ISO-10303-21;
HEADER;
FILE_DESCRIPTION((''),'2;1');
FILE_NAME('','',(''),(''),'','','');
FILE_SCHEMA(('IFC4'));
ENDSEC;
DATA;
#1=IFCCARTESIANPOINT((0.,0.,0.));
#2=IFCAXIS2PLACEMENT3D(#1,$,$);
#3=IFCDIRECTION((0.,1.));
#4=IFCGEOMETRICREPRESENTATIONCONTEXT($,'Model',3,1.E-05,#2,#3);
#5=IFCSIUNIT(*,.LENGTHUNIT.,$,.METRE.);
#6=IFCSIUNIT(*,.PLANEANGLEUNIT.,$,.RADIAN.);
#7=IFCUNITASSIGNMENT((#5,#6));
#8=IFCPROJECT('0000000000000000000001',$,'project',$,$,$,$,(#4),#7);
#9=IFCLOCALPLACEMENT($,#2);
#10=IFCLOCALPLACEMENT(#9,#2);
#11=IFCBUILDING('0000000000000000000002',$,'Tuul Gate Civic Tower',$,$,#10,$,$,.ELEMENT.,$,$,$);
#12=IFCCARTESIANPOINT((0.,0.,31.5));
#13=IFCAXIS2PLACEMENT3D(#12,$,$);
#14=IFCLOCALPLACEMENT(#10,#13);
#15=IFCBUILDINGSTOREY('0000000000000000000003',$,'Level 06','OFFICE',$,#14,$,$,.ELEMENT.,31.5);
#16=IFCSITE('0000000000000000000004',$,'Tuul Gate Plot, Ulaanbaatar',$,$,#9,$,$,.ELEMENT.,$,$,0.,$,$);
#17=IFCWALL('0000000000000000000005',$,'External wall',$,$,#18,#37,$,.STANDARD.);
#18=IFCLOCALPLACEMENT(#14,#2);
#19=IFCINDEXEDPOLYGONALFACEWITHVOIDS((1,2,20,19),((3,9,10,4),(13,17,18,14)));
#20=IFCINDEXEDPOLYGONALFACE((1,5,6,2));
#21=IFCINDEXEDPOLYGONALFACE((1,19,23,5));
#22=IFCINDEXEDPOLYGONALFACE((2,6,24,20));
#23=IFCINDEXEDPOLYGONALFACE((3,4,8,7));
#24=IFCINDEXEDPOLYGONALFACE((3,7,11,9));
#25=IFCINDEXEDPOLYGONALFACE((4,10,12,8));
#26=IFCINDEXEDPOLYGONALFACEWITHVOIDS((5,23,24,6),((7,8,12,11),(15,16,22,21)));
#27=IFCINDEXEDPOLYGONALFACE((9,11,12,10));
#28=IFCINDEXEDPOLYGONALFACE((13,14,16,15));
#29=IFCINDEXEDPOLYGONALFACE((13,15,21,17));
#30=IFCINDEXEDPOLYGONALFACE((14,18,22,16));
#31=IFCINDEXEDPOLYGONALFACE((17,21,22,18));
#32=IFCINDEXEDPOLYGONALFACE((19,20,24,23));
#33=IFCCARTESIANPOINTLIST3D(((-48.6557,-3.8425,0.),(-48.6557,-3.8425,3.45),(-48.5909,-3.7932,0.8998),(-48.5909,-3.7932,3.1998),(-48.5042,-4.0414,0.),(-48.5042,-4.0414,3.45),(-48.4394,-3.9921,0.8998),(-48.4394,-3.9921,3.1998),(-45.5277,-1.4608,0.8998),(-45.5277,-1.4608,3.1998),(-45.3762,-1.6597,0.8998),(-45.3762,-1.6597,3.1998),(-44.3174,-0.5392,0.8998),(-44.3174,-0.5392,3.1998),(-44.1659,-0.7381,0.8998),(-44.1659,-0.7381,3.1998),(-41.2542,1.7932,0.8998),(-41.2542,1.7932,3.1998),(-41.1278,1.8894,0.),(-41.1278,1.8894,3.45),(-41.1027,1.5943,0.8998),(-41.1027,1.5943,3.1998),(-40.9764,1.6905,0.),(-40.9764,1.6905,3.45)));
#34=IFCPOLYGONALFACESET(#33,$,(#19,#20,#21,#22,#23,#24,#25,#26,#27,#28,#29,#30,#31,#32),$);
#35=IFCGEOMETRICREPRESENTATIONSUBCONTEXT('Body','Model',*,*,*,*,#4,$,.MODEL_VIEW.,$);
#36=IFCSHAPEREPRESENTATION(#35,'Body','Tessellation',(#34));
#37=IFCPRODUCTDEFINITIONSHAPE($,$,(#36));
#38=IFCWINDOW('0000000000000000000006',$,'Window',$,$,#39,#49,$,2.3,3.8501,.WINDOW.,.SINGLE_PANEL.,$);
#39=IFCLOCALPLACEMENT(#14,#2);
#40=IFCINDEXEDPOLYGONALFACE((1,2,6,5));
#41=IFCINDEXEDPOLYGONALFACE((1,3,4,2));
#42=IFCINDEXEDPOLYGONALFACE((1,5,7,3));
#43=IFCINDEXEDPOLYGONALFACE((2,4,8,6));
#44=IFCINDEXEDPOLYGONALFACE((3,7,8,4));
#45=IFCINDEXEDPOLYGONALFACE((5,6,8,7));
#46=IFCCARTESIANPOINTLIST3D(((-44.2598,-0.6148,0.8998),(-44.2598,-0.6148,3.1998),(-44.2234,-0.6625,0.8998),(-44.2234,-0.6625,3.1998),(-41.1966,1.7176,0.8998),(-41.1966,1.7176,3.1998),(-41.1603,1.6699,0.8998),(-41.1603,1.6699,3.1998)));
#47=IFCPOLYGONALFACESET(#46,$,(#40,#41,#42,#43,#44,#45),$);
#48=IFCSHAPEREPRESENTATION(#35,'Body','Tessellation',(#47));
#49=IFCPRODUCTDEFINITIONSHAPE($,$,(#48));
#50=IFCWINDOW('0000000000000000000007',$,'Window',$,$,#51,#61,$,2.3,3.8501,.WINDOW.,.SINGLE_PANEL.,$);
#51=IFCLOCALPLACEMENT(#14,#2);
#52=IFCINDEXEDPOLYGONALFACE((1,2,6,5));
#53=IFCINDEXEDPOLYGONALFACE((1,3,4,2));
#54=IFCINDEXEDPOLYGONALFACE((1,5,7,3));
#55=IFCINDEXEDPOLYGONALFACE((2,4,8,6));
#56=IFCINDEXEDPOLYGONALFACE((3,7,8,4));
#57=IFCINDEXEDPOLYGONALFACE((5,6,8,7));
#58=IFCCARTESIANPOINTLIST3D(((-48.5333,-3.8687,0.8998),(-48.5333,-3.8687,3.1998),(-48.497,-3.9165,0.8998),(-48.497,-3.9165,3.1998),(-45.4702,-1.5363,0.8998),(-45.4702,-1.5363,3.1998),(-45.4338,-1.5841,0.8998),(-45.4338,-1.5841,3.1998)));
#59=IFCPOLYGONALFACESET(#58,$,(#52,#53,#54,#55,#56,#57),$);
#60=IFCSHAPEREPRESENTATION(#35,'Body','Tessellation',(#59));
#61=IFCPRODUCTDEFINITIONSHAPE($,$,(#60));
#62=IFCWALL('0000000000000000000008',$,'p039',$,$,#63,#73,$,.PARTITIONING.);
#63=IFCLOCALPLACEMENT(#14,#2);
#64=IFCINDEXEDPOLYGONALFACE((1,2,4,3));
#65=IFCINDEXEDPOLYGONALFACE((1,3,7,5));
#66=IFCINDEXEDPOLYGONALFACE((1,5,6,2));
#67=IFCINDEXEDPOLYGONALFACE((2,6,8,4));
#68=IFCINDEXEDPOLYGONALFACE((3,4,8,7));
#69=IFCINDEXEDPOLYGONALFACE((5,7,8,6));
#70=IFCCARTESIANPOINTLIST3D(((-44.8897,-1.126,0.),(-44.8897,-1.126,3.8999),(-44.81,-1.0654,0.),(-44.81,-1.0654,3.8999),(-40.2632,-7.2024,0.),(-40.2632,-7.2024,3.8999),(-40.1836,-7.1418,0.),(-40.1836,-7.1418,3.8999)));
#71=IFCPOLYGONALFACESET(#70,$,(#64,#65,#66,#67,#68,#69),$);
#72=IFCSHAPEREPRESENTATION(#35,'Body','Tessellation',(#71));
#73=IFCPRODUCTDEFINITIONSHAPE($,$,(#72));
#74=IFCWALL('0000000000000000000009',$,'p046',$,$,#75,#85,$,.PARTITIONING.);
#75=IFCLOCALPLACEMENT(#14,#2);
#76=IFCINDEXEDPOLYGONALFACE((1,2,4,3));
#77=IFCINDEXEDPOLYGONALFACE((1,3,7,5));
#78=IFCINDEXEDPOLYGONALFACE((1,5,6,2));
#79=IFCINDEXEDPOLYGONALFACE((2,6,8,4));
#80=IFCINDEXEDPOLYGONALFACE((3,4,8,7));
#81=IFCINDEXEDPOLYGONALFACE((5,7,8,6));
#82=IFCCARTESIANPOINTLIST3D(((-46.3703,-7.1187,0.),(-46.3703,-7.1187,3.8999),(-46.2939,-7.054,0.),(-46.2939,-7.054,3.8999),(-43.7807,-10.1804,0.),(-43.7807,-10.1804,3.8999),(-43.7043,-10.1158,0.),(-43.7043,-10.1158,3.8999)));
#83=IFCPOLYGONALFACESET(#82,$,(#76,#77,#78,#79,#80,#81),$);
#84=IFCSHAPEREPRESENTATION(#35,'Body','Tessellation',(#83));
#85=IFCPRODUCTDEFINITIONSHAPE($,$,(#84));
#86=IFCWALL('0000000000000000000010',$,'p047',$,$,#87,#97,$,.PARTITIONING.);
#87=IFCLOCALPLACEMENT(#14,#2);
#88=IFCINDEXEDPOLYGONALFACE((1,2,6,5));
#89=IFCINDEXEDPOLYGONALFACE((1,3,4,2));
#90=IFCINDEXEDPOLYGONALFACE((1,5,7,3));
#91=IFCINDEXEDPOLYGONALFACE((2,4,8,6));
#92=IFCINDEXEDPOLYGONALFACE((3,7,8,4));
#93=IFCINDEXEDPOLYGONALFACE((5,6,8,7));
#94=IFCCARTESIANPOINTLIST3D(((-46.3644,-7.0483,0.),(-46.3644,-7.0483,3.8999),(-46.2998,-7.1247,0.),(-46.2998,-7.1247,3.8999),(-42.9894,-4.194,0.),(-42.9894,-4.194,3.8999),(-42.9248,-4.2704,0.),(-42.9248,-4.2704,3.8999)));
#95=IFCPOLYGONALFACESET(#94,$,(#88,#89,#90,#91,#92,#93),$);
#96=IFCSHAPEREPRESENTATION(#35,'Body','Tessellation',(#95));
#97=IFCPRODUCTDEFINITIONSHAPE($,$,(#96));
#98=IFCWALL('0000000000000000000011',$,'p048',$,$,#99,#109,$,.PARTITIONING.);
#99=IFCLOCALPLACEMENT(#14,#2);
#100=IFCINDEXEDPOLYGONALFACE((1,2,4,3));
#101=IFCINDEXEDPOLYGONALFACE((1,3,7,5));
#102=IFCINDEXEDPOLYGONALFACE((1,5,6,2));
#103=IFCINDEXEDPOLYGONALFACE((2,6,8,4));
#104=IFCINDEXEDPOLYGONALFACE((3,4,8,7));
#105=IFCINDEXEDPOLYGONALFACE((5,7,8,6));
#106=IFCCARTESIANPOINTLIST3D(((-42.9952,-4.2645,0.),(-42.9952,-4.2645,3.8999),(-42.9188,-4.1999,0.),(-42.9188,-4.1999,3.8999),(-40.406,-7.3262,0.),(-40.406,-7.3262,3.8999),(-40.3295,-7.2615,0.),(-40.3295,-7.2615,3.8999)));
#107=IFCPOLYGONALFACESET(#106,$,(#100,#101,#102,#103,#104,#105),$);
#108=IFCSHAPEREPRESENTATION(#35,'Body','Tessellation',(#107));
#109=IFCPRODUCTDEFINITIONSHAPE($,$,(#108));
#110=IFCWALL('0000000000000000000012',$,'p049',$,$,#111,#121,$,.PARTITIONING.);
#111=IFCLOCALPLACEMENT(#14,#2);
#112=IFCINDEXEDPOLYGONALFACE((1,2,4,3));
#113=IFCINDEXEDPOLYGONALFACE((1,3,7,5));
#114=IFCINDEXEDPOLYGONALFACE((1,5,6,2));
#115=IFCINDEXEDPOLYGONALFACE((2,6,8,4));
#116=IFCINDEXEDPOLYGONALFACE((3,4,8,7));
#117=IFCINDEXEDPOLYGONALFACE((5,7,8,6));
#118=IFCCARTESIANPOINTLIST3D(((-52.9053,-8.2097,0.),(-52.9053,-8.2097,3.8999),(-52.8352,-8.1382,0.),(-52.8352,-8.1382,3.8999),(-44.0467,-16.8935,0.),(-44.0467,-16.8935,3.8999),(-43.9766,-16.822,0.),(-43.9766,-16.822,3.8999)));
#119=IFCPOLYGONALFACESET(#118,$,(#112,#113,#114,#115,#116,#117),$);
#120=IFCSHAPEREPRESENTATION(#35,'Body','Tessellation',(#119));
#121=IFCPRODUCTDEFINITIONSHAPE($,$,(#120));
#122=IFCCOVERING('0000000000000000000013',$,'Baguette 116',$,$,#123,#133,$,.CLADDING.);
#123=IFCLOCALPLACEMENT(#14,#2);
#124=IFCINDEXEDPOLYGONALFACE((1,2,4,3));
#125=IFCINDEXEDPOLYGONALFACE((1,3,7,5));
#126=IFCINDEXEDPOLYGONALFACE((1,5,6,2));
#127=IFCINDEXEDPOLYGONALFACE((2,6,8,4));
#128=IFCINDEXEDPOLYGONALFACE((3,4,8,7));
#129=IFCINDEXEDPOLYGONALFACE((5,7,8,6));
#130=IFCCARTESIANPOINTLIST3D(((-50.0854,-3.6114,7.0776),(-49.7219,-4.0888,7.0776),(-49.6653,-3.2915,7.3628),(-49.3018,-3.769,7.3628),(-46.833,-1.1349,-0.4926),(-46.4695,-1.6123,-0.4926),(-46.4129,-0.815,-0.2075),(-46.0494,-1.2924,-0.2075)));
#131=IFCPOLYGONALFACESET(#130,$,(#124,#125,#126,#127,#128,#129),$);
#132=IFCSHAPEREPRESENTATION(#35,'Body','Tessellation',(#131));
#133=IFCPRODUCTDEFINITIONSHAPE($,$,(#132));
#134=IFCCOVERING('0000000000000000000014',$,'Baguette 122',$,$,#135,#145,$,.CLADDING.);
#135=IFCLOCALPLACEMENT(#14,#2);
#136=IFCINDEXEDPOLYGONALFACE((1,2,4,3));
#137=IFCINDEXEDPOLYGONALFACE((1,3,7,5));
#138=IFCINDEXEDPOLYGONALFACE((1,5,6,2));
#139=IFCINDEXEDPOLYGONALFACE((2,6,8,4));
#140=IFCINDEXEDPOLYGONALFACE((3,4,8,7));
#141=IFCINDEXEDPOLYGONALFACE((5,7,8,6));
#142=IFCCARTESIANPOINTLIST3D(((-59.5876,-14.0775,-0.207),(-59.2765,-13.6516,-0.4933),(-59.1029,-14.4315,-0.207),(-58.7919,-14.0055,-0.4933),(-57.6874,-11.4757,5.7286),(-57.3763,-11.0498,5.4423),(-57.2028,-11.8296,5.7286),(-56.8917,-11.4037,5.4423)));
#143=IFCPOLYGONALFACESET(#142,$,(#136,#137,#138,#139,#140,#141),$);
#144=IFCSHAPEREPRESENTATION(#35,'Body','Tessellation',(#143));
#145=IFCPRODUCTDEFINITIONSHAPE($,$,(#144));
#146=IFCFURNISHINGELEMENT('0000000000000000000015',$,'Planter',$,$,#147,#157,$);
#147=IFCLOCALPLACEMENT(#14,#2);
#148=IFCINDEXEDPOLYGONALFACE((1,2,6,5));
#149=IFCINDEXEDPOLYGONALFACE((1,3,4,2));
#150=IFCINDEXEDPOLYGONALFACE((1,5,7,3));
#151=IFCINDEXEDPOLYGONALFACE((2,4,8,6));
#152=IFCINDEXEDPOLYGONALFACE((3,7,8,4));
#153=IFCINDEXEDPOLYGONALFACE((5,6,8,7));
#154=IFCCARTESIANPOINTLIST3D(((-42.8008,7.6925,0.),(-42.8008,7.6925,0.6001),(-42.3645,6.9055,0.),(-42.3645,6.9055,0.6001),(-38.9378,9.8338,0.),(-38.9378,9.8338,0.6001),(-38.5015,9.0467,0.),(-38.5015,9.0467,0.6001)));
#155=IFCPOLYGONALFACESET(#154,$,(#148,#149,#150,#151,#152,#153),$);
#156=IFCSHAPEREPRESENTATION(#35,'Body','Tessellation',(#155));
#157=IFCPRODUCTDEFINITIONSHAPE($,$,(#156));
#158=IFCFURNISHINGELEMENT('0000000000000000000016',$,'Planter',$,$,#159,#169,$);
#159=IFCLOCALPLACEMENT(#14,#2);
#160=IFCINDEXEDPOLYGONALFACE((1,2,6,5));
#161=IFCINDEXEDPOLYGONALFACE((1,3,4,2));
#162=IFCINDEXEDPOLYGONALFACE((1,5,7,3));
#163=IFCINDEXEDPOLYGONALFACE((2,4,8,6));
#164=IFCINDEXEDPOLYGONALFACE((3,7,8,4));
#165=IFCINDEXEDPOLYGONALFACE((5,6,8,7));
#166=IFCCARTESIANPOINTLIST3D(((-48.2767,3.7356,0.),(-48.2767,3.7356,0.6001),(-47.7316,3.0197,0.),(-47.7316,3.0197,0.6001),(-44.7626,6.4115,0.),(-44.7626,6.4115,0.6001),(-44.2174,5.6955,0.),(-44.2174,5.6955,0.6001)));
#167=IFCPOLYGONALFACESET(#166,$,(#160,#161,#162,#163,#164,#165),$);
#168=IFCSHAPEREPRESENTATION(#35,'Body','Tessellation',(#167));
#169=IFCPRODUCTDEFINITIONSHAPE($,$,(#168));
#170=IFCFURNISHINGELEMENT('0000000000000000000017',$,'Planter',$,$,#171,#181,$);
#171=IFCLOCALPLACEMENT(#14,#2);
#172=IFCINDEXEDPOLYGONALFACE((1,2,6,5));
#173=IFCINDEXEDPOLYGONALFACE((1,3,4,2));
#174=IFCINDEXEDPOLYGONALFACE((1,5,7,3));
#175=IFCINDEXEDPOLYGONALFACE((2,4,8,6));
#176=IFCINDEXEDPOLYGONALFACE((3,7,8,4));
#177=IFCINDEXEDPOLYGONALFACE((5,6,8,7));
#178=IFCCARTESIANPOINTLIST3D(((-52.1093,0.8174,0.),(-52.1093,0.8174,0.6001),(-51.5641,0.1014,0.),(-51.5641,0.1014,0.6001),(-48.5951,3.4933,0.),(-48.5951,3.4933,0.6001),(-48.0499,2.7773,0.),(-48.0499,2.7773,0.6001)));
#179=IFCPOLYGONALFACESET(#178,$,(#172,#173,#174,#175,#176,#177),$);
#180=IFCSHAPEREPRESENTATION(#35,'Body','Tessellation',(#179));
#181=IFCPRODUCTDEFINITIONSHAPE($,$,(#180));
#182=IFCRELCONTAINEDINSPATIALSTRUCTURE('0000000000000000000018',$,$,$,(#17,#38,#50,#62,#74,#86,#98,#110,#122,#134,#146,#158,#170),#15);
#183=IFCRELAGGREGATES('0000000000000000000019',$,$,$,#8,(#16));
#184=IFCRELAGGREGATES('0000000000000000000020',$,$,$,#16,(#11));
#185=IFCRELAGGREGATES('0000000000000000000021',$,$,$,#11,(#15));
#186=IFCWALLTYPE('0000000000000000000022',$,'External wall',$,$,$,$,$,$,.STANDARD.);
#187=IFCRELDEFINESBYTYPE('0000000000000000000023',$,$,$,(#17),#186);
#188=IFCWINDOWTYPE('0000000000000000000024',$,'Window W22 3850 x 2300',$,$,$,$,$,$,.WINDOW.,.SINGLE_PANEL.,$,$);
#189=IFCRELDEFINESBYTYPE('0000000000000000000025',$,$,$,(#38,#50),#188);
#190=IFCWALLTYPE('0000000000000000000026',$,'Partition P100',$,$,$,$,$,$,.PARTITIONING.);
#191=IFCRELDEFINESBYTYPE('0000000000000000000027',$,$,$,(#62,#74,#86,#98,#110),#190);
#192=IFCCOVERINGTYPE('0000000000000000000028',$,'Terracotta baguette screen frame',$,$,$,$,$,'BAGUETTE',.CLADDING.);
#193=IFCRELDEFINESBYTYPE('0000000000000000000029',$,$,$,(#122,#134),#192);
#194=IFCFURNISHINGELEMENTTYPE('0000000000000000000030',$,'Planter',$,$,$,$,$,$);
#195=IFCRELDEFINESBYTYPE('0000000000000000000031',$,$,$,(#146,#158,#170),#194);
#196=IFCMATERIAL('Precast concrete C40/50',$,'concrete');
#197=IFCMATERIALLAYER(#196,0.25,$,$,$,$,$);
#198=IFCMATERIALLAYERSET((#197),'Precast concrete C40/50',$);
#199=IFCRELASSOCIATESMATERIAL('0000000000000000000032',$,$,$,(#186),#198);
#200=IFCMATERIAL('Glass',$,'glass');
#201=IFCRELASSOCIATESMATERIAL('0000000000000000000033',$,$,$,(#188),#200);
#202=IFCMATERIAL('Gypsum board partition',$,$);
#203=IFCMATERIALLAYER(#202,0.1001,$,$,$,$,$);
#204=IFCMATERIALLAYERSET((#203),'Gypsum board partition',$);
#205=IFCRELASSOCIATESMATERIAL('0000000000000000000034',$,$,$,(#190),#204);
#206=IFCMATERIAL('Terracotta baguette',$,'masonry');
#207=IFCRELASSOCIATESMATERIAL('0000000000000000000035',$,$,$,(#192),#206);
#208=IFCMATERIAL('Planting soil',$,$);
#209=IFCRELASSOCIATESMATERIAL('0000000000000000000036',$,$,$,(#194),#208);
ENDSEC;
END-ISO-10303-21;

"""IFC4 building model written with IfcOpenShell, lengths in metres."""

from ifc_helpers import new_model, si_unit, direction, frame, frame_2d, origin, origin_2d, place, context, subcontext, project, spatial, rectangle, extrude, material, layer, layer_set, material_profile, profile_set, type_object, element, fill, save


model = new_model("IFC4")

# Units and contexts
model_context = context("Model", 3, precision=1e-05, world=origin(), true_north=direction((0.0, 1.0)))
body_context = subcontext(model_context, "Body", "Model", "MODEL_VIEW")
ifc_project = project(units=[si_unit("LENGTHUNIT", "METRE"), si_unit("PLANEANGLEUNIT", "RADIAN")], contexts=[model_context])

# Site, building, storey
site_placement = place(None, origin())
site = spatial("IfcSite", under=ifc_project, at=site_placement, Name="Tuul Gate Plot, Ulaanbaatar", CompositionType="ELEMENT", RefElevation=0.0)
building_placement = place(site_placement, origin())
building = spatial("IfcBuilding", under=site, at=building_placement, Name="Tuul Gate Civic Tower", CompositionType="ELEMENT")
storey_placement = place(building_placement, frame((0.0, 0.0, 31.5)))
storey = spatial("IfcBuildingStorey", under=building, at=storey_placement, Name="Level 06", Description="OFFICE", CompositionType="ELEMENT", Elevation=31.5)

# Wall, openings, windows
ifc_material_1 = material(Name="Precast concrete C40/50", Category="concrete")
ifc_layer_1 = layer(ifc_material_1, 0.25)
ifc_layer_set_1 = layer_set([ifc_layer_1], Name="Precast concrete C40/50")
wall_type_1 = type_object("IfcWallType", Name="External wall", PredefinedType="STANDARD", material=ifc_layer_set_1)
wall_1_placement = place(storey_placement, frame((-41.052, 1.79, 0.0), z_axis=(0.0, 0.0, 1.0), x_axis=(-0.795613, -0.605805, 0.0)))
wall_1 = element("IfcWall", 1, at=wall_1_placement, inside=storey, type_object=wall_type_1, Name="External wall", PredefinedType="STANDARD", context=body_context, shape_type="SweptSolid", body=[
    extrude(rectangle(XDim=9.4617, YDim=0.25, at=frame_2d((4.731, 0.0))), origin(), (0.0, 0.0, 1.0), 3.45),
])
opening_1_placement = place(wall_1_placement, frame((0.1589, 0.0, 0.8999)))
opening_1 = element("IfcOpeningElement", 2, at=opening_1_placement, cuts=wall_1, PredefinedType="OPENING", context=body_context, shape_type="SweptSolid", body=[
    extrude(rectangle(XDim=3.8501, YDim=2.3, at=frame_2d((1.925, 1.1499))), frame((0.0, 0.135, 0.0), z_axis=(0.0, -1.0, 0.0), x_axis=(1.0, 0.0, 0.0)), (0.0, 0.0, 1.0), 0.27),
])
opening_2_placement = place(wall_1_placement, frame((5.5303, 0.0, 0.8999)))
opening_2 = element("IfcOpeningElement", 3, at=opening_2_placement, cuts=wall_1, PredefinedType="OPENING", context=body_context, shape_type="SweptSolid", body=[
    extrude(rectangle(XDim=3.8501, YDim=2.3, at=frame_2d((1.925, 1.1499))), frame((0.0, 0.135, 0.0), z_axis=(0.0, -1.0, 0.0), x_axis=(1.0, 0.0, 0.0)), (0.0, 0.0, 1.0), 0.27),
])
ifc_material_2 = material(Name="Glass", Category="glass")
window_type = type_object("IfcWindowType", Name="Window W22 3850 x 2300", PartitioningType="SINGLE_PANEL", PredefinedType="WINDOW", material=ifc_material_2)
window_1_placement = place(opening_1_placement, origin())
window_1 = element("IfcWindow", 4, at=window_1_placement, inside=storey, type_object=window_type, Name="Window", OverallHeight=2.3, OverallWidth=3.8501, PartitioningType="SINGLE_PANEL", PredefinedType="WINDOW", context=body_context, shape_type="SweptSolid", body=[
    extrude(rectangle(XDim=3.8501, YDim=2.3, at=frame_2d((1.925, 1.1499))), frame((0.0, 0.03, 0.0), z_axis=(0.0, -1.0, 0.0), x_axis=(1.0, 0.0, 0.0)), (0.0, 0.0, 1.0), 0.0601),
])
fill(opening_1, window_1)
window_2_placement = place(opening_2_placement, origin())
window_2 = element("IfcWindow", 5, at=window_2_placement, inside=storey, type_object=window_type, Name="Window", OverallHeight=2.3, OverallWidth=3.8501, PartitioningType="SINGLE_PANEL", PredefinedType="WINDOW", context=body_context, shape_type="SweptSolid", body=[
    extrude(rectangle(XDim=3.8501, YDim=2.3, at=frame_2d((1.925, 1.1499))), frame((0.0, 0.03, 0.0), z_axis=(0.0, -1.0, 0.0), x_axis=(1.0, 0.0, 0.0)), (0.0, 0.0, 1.0), 0.0601),
])
fill(opening_2, window_2)

# Walls
ifc_material_3 = material(Name="Gypsum board partition")
ifc_layer_2 = layer(ifc_material_3, 0.1001)
ifc_layer_set_2 = layer_set([ifc_layer_2], Name="Gypsum board partition")
wall_type_2 = type_object("IfcWallType", Name="Partition P100", PredefinedType="PARTITIONING", material=ifc_layer_set_2)
wall_2_placement = place(storey_placement, frame((-44.8499, -1.0957, 0.0), z_axis=(0.0, 0.0, 1.0), x_axis=(0.605779, -0.795633, 0.0)))
element("IfcWall", 6, at=wall_2_placement, inside=storey, type_object=wall_type_2, Name="p039", PredefinedType="PARTITIONING", context=body_context, shape_type="SweptSolid", body=[
    extrude(rectangle(XDim=7.6372, YDim=0.1001, at=frame_2d((3.8186, 0.0))), origin(), (0.0, 0.0, 1.0), 3.8999),
])
wall_3_placement = place(storey_placement, frame((-46.332, -7.0864, 0.0), z_axis=(0.0, 0.0, 1.0), x_axis=(0.645778, -0.763525, 0.0)))
element("IfcWall", 7, at=wall_3_placement, inside=storey, type_object=wall_type_2, Name="p046", PredefinedType="PARTITIONING", context=body_context, shape_type="SweptSolid", body=[
    extrude(rectangle(XDim=4.01, YDim=0.1001, at=frame_2d((2.0049, 0.0))), origin(), (0.0, 0.0, 1.0), 3.8999),
])
wall_4_placement = place(storey_placement, frame((-46.332, -7.0864, 0.0), z_axis=(0.0, 0.0, 1.0), x_axis=(0.763556, 0.645742, 0.0)))
element("IfcWall", 8, at=wall_4_placement, inside=storey, type_object=wall_type_2, Name="p047", PredefinedType="PARTITIONING", context=body_context, shape_type="SweptSolid", body=[
    extrude(rectangle(XDim=4.4202, YDim=0.1001, at=frame_2d((2.21, 0.0))), origin(), (0.0, 0.0, 1.0), 3.8999),
])
wall_5_placement = place(storey_placement, frame((-42.957, -4.2322, 0.0), z_axis=(0.0, 0.0, 1.0), x_axis=(0.645743, -0.763555, 0.0)))
element("IfcWall", 9, at=wall_5_placement, inside=storey, type_object=wall_type_2, Name="p048", PredefinedType="PARTITIONING", context=body_context, shape_type="SweptSolid", body=[
    extrude(rectangle(XDim=4.0098, YDim=0.1001, at=frame_2d((2.0049, 0.0))), origin(), (0.0, 0.0, 1.0), 3.8999),
])
wall_6_placement = place(storey_placement, frame((-52.8704, -8.1738, 0.0), z_axis=(0.0, 0.0, 1.0), x_axis=(0.714117, -0.700026, 0.0)))
element("IfcWall", 10, at=wall_6_placement, inside=storey, type_object=wall_type_2, Name="p049", PredefinedType="PARTITIONING", context=body_context, shape_type="SweptSolid", body=[
    extrude(rectangle(XDim=12.405, YDim=0.1001, at=frame_2d((6.2026, 0.0))), origin(), (0.0, 0.0, 1.0), 3.8999),
])

# Coverings
ifc_material_4 = material(Name="Terracotta baguette", Category="masonry")
ifc_material_profile_1 = material_profile(ifc_material_4, rectangle(XDim=0.6001, YDim=0.6001, at=origin_2d()), Name="Terracotta baguette screen frame")
ifc_profile_set_1 = profile_set([ifc_material_profile_1], Name="Terracotta baguette")
covering_type = type_object("IfcCoveringType", Name="Terracotta baguette screen frame", ElementType="BAGUETTE", PredefinedType="CLADDING", material=ifc_profile_set_1)
covering_1_placement = place(storey_placement, frame((-49.6936, -3.6902, 7.2202), z_axis=(0.378034, 0.287853, -0.879904), x_axis=(-0.605813, 0.795607, 0.0)))
element("IfcCovering", 11, at=covering_1_placement, inside=storey, type_object=covering_type, Name="Baguette 116", PredefinedType="CLADDING", context=body_context, shape_type="SweptSolid", body=[
    extrude(rectangle(XDim=0.6001, YDim=0.6001, at=origin_2d()), origin(), (0.0, 0.0, 1.0), 8.6035),
])
covering_2_placement = place(storey_placement, frame((-57.2896, -11.4397, 5.5854), z_axis=(-0.281354, -0.385249, -0.878876), x_axis=(0.807565, -0.589779, 0.0)))
element("IfcCovering", 12, at=covering_2_placement, inside=storey, type_object=covering_type, Name="Baguette 122", PredefinedType="CLADDING", context=body_context, shape_type="SweptSolid", body=[
    extrude(rectangle(XDim=0.6001, YDim=0.6001, at=origin_2d()), origin(), (0.0, 0.0, 1.0), 6.7537),
])

# Furnishing elements
ifc_material_5 = material(Name="Planting soil")
furnishing_element_type = type_object("IfcFurnishingElementType", Name="Planter", material=ifc_material_5)
furnishing_placement = place(storey_placement, frame((-40.6511, 8.3696, 0.0), z_axis=(0.0, 0.0, 1.0), x_axis=(-0.874623, -0.484803, 0.0)))
element("IfcFurnishingElement", 13, at=furnishing_placement, inside=storey, type_object=furnishing_element_type, Name="Planter", context=body_context, shape_type="SweptSolid", body=[
    extrude(rectangle(XDim=4.4167, YDim=0.8999, at=origin_2d()), origin(), (0.0, 0.0, 1.0), 0.6001),
])
for number, where, z_axis, x_axis, name in (
    (14, (-46.2471, 4.7156, 0.0), (0.0, 0.0, 1.0), (-0.795605, -0.605815, 0.0), "Planter"),
    (15, (-50.0796, 1.7974, 0.0), (0.0, 0.0, 1.0), (-0.795605, -0.605815, 0.0), "Planter"),
):
    element("IfcFurnishingElement", number, at=place(storey_placement, frame(where, z_axis=z_axis, x_axis=x_axis)), inside=storey, type_object=furnishing_element_type, Name=name, context=body_context, shape_type="SweptSolid", body=[
        extrude(rectangle(XDim=4.417, YDim=0.8999, at=origin_2d()), origin(), (0.0, 0.0, 1.0), 0.6001),
    ])

save(model, "model.ifc")
